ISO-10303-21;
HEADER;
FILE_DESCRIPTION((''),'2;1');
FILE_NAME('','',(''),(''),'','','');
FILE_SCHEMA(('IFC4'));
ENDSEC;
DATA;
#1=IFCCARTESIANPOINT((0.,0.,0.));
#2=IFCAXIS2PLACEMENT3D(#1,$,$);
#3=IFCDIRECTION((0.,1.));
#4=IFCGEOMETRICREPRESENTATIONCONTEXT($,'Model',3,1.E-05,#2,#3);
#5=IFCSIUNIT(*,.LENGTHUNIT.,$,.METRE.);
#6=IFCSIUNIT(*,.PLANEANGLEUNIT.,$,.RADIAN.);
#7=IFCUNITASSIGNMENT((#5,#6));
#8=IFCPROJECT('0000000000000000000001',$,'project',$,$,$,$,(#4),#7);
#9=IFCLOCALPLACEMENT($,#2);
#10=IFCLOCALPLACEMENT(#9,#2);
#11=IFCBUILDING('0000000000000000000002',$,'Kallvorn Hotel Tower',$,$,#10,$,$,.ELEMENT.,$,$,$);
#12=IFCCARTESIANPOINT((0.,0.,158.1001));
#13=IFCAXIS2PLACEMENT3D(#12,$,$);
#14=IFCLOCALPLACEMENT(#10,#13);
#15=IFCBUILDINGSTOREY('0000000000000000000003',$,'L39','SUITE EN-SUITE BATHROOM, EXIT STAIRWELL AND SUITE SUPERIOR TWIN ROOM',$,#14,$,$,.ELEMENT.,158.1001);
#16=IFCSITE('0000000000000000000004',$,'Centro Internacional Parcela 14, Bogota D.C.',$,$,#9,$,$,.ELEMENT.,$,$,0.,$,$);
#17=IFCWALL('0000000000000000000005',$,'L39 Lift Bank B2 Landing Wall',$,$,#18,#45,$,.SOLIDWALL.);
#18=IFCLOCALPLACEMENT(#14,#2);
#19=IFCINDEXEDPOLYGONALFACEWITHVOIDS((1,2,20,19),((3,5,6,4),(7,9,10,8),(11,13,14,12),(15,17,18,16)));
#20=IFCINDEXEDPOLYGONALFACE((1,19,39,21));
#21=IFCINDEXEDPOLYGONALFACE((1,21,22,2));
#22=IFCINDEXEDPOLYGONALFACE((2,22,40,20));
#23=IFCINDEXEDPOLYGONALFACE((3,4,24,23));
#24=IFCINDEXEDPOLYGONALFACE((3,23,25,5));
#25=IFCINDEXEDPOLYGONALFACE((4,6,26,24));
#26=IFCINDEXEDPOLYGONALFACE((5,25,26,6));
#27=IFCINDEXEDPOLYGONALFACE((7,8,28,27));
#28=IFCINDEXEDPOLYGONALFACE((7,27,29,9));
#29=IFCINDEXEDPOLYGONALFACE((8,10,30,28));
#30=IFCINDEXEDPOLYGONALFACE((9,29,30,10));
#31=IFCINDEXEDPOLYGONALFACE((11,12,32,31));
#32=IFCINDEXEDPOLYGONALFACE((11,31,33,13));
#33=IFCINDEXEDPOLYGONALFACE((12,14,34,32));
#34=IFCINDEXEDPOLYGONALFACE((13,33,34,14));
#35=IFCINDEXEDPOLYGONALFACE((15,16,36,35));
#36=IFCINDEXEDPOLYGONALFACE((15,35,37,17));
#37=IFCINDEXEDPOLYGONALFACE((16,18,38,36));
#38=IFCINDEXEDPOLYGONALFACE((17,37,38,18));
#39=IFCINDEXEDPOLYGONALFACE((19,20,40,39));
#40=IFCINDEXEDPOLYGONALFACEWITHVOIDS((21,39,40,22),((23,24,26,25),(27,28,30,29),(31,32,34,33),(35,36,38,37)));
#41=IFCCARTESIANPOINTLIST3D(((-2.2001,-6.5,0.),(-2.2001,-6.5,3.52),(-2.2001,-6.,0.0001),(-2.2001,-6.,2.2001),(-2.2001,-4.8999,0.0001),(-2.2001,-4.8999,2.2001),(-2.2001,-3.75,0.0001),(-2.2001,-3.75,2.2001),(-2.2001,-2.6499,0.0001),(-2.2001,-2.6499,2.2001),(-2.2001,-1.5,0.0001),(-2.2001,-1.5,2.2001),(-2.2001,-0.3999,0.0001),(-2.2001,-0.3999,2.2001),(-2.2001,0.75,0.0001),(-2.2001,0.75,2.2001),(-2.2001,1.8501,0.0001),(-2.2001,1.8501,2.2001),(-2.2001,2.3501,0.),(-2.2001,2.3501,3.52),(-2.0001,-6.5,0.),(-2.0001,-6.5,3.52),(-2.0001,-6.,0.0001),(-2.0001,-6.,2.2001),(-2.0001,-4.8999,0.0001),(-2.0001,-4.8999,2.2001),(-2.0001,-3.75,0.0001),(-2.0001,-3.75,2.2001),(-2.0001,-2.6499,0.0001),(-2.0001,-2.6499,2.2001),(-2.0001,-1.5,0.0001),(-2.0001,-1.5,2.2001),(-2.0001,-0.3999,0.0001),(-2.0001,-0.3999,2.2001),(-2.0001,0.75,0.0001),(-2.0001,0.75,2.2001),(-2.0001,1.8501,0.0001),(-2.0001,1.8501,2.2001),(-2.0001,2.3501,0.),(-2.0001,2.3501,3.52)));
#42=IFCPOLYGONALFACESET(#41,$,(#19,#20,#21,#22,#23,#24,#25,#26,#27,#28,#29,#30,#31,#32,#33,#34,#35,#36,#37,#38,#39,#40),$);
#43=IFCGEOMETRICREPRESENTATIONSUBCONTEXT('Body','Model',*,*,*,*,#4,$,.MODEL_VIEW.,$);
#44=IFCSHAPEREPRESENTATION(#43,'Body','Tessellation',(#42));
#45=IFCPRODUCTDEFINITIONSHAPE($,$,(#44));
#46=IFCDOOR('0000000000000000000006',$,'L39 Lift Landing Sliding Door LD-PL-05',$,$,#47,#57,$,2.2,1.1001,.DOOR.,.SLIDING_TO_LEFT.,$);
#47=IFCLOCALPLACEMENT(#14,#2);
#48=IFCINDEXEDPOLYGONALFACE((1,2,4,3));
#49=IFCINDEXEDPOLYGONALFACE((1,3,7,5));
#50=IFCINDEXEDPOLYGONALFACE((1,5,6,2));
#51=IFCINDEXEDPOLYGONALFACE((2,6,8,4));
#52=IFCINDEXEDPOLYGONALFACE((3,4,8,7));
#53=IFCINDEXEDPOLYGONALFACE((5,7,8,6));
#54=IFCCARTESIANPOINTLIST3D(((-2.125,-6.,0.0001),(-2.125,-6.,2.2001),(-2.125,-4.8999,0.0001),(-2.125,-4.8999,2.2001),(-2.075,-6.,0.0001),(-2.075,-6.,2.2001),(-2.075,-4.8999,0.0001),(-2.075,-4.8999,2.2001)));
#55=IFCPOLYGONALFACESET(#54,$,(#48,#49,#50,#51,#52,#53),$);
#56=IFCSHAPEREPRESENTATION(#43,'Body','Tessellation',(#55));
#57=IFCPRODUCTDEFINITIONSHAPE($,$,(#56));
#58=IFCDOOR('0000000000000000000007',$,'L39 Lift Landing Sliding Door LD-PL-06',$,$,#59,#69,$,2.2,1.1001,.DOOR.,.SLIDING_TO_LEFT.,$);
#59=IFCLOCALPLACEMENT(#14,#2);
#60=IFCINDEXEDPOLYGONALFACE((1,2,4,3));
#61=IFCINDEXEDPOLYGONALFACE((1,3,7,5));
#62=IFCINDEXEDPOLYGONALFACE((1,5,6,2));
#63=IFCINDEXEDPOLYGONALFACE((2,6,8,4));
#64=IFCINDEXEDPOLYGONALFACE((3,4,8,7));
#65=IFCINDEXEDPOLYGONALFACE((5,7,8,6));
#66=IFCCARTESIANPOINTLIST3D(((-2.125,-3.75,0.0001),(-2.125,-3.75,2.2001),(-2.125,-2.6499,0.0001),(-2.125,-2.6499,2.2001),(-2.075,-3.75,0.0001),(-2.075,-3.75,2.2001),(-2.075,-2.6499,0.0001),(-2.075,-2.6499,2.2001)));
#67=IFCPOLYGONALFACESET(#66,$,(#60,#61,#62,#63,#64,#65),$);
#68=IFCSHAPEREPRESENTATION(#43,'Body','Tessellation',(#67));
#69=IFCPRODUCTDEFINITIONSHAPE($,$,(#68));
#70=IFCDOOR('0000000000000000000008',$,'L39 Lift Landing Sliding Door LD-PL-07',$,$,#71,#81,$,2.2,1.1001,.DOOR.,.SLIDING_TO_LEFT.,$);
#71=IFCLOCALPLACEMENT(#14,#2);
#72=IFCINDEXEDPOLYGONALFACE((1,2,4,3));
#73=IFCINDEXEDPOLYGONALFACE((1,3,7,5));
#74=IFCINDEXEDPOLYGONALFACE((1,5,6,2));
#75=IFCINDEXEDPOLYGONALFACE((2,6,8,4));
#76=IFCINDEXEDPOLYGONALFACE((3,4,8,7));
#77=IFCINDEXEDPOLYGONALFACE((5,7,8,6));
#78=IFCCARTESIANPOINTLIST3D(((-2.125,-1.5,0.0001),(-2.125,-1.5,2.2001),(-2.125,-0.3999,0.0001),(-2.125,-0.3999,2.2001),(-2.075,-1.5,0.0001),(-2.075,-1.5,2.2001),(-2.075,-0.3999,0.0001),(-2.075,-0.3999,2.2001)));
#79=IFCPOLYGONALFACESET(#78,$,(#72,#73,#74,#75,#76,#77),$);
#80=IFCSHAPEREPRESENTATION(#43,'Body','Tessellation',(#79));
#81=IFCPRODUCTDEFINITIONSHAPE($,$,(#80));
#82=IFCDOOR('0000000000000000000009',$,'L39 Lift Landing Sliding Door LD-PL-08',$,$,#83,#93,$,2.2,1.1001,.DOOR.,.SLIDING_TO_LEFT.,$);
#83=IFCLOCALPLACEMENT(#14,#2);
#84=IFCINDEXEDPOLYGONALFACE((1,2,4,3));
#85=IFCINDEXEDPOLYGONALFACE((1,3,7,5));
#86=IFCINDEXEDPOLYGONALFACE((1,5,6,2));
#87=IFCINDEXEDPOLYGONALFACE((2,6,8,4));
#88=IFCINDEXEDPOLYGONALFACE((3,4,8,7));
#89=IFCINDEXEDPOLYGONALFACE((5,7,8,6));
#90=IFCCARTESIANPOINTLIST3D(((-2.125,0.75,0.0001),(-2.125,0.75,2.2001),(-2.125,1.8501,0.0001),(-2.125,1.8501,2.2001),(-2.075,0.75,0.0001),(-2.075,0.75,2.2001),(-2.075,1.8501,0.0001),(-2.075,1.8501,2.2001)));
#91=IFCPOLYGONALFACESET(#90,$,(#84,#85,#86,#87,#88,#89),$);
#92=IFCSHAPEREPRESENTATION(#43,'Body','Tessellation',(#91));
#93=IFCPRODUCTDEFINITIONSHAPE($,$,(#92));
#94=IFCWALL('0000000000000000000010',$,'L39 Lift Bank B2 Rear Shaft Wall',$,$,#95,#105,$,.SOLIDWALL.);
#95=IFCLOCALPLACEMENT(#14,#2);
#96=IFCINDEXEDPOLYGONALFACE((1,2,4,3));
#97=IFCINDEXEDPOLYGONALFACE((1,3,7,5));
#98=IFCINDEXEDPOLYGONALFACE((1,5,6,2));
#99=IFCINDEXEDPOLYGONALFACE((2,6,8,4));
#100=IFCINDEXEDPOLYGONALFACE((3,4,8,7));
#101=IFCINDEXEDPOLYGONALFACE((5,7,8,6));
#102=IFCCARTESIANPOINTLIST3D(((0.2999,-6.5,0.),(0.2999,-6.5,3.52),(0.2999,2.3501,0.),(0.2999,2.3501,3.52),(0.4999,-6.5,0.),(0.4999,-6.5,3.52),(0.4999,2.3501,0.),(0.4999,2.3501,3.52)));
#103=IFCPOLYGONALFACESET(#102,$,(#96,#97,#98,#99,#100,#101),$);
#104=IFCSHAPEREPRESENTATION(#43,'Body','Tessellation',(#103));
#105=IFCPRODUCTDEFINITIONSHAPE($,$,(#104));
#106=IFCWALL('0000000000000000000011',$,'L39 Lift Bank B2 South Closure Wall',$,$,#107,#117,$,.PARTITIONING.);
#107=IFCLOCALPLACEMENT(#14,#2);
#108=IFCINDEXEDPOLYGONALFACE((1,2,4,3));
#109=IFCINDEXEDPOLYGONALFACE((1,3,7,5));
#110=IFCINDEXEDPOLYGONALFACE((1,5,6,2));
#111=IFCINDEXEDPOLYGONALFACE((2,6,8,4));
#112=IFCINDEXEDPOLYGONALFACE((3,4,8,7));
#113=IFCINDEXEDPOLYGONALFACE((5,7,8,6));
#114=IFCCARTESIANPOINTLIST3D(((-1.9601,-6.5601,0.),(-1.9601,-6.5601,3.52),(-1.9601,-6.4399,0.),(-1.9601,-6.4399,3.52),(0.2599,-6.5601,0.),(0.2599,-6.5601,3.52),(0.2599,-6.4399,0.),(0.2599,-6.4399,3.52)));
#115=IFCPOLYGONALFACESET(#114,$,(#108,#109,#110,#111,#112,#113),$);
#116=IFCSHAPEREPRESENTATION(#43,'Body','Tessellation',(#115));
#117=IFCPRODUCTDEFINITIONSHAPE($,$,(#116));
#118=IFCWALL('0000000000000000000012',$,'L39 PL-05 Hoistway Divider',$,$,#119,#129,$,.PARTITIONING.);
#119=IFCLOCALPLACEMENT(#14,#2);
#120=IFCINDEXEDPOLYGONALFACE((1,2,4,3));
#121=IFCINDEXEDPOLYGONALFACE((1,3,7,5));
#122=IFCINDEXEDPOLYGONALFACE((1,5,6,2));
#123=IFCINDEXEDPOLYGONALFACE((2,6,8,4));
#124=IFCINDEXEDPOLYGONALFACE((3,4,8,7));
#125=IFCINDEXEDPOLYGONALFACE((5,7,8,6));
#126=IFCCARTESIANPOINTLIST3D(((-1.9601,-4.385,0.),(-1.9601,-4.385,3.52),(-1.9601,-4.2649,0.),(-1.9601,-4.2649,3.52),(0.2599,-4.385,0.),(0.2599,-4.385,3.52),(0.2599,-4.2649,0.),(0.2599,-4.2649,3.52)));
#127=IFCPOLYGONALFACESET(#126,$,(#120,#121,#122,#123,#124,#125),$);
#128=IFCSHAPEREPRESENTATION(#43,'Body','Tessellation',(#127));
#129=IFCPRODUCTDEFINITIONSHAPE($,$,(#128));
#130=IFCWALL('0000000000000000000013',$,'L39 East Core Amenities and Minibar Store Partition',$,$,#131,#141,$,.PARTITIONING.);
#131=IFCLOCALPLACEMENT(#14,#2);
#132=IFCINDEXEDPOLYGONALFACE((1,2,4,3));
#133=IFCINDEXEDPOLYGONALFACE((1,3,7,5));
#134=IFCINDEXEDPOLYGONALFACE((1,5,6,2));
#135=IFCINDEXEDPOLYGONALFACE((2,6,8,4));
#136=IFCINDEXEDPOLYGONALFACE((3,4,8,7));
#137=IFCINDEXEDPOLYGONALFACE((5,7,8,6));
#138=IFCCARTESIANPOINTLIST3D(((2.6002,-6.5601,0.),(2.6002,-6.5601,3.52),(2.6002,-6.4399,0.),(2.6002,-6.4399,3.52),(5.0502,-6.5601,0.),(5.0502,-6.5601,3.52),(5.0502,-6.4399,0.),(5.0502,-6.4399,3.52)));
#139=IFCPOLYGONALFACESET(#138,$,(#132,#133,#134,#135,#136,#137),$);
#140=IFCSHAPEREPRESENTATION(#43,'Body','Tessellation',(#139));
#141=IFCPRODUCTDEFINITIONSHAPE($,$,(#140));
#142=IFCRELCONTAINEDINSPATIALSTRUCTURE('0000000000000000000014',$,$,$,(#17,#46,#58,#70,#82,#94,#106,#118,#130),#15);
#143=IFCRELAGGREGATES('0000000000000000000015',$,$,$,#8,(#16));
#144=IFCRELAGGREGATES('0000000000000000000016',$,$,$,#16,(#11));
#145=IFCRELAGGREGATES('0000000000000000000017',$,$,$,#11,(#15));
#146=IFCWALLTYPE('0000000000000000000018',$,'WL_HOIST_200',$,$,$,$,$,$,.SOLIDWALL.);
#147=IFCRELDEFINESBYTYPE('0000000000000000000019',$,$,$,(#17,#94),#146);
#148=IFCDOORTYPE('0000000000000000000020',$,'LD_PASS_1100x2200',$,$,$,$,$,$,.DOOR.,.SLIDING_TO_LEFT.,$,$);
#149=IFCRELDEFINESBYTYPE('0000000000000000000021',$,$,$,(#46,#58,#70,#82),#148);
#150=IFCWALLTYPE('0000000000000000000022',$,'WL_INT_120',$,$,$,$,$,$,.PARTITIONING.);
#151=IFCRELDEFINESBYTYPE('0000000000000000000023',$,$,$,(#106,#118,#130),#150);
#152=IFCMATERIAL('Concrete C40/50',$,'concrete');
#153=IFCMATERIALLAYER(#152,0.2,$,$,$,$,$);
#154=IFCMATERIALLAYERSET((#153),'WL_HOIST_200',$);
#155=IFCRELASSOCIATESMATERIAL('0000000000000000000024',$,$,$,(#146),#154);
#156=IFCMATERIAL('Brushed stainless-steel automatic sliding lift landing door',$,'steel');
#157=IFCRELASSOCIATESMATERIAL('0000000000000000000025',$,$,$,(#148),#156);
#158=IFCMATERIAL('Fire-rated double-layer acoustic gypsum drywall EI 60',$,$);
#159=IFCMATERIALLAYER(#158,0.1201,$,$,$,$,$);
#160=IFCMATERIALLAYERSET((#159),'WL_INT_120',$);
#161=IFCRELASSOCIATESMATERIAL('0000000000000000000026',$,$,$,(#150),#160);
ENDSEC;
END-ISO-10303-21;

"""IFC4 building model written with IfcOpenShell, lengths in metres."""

from ifc_helpers import new_model, si_unit, direction, frame, frame_2d, origin, place, context, subcontext, project, spatial, rectangle, extrude, material, layer, layer_set, type_object, element, fill, save


model = new_model("IFC4")

# Units and contexts
model_context = context("Model", 3, precision=1e-05, world=origin(), true_north=direction((0.0, 1.0)))
body_context = subcontext(model_context, "Body", "Model", "MODEL_VIEW")
ifc_project = project(units=[si_unit("LENGTHUNIT", "METRE"), si_unit("PLANEANGLEUNIT", "RADIAN")], contexts=[model_context])

# Site, building, storey
site_placement = place(None, origin())
site = spatial("IfcSite", under=ifc_project, at=site_placement, Name="Centro Internacional Parcela 14, Bogota D.C.", CompositionType="ELEMENT", RefElevation=0.0)
building_placement = place(site_placement, origin())
building = spatial("IfcBuilding", under=site, at=building_placement, Name="Kallvorn Hotel Tower", CompositionType="ELEMENT")
storey_placement = place(building_placement, frame((0.0, 0.0, 158.1001)))
storey = spatial("IfcBuildingStorey", under=building, at=storey_placement, Name="L39", Description="SUITE EN-SUITE BATHROOM, EXIT STAIRWELL AND SUITE SUPERIOR TWIN ROOM", CompositionType="ELEMENT", Elevation=158.1001)

# Wall, openings, doors
ifc_material_1 = material(Name="Concrete C40/50", Category="concrete")
ifc_layer_1 = layer(ifc_material_1, 0.2)
ifc_layer_set_1 = layer_set([ifc_layer_1], Name="WL_HOIST_200")
wall_type_1 = type_object("IfcWallType", Name="WL_HOIST_200", PredefinedType="SOLIDWALL", material=ifc_layer_set_1)
wall_1_placement = place(storey_placement, frame((-2.1001, -6.5, 0.0), z_axis=(0.0, 0.0, 1.0), x_axis=(0.0, 1.0, 0.0)))
wall_1 = element("IfcWall", 1, at=wall_1_placement, inside=storey, type_object=wall_type_1, Name="L39 Lift Bank B2 Landing Wall", PredefinedType="SOLIDWALL", context=body_context, shape_type="SweptSolid", body=[
    extrude(rectangle(XDim=8.8501, YDim=0.2, at=frame_2d((4.425, 0.0))), origin(), (0.0, 0.0, 1.0), 3.52),
])
opening_1_placement = place(wall_1_placement, frame((0.5, 0.0, 0.0)))
opening_1 = element("IfcOpeningElement", 2, at=opening_1_placement, cuts=wall_1, PredefinedType="OPENING", context=body_context, shape_type="SweptSolid", body=[
    extrude(rectangle(XDim=1.1001, YDim=2.2, at=frame_2d((0.55, 1.1001))), frame((0.0, 0.115, 0.0), z_axis=(0.0, -1.0, 0.0), x_axis=(1.0, 0.0, 0.0)), (0.0, 0.0, 1.0), 0.23),
])
opening_2_placement = place(wall_1_placement, frame((2.75, 0.0, 0.0)))
opening_2 = element("IfcOpeningElement", 3, at=opening_2_placement, cuts=wall_1, PredefinedType="OPENING", context=body_context, shape_type="SweptSolid", body=[
    extrude(rectangle(XDim=1.1001, YDim=2.2, at=frame_2d((0.55, 1.1001))), frame((0.0, 0.115, 0.0), z_axis=(0.0, -1.0, 0.0), x_axis=(1.0, 0.0, 0.0)), (0.0, 0.0, 1.0), 0.23),
])
opening_3_placement = place(wall_1_placement, frame((5.0, 0.0, 0.0)))
opening_3 = element("IfcOpeningElement", 4, at=opening_3_placement, cuts=wall_1, PredefinedType="OPENING", context=body_context, shape_type="SweptSolid", body=[
    extrude(rectangle(XDim=1.1001, YDim=2.2, at=frame_2d((0.55, 1.1001))), frame((0.0, 0.115, 0.0), z_axis=(0.0, -1.0, 0.0), x_axis=(1.0, 0.0, 0.0)), (0.0, 0.0, 1.0), 0.23),
])
opening_4_placement = place(wall_1_placement, frame((7.25, 0.0, 0.0)))
opening_4 = element("IfcOpeningElement", 5, at=opening_4_placement, cuts=wall_1, PredefinedType="OPENING", context=body_context, shape_type="SweptSolid", body=[
    extrude(rectangle(XDim=1.1001, YDim=2.2, at=frame_2d((0.55, 1.1001))), frame((0.0, 0.115, 0.0), z_axis=(0.0, -1.0, 0.0), x_axis=(1.0, 0.0, 0.0)), (0.0, 0.0, 1.0), 0.23),
])
ifc_material_2 = material(Name="Brushed stainless-steel automatic sliding lift landing door", Category="steel")
door_type_1 = type_object("IfcDoorType", Name="LD_PASS_1100x2200", OperationType="SLIDING_TO_LEFT", PredefinedType="DOOR", material=ifc_material_2)
door_1_placement = place(opening_1_placement, origin())
door_1 = element("IfcDoor", 6, at=door_1_placement, inside=storey, type_object=door_type_1, Name="L39 Lift Landing Sliding Door LD-PL-05", OperationType="SLIDING_TO_LEFT", OverallHeight=2.2, OverallWidth=1.1001, PredefinedType="DOOR", context=body_context, shape_type="SweptSolid", body=[
    extrude(rectangle(XDim=1.1001, YDim=2.2, at=frame_2d((0.55, 1.1001))), frame((0.0, 0.0249, 0.0), z_axis=(0.0, -1.0, 0.0), x_axis=(1.0, 0.0, 0.0)), (0.0, 0.0, 1.0), 0.05),
])
fill(opening_1, door_1)
door_2_placement = place(opening_2_placement, origin())
door_2 = element("IfcDoor", 7, at=door_2_placement, inside=storey, type_object=door_type_1, Name="L39 Lift Landing Sliding Door LD-PL-06", OperationType="SLIDING_TO_LEFT", OverallHeight=2.2, OverallWidth=1.1001, PredefinedType="DOOR", context=body_context, shape_type="SweptSolid", body=[
    extrude(rectangle(XDim=1.1001, YDim=2.2, at=frame_2d((0.55, 1.1001))), frame((0.0, 0.0249, 0.0), z_axis=(0.0, -1.0, 0.0), x_axis=(1.0, 0.0, 0.0)), (0.0, 0.0, 1.0), 0.05),
])
fill(opening_2, door_2)
door_3_placement = place(opening_3_placement, origin())
door_3 = element("IfcDoor", 8, at=door_3_placement, inside=storey, type_object=door_type_1, Name="L39 Lift Landing Sliding Door LD-PL-07", OperationType="SLIDING_TO_LEFT", OverallHeight=2.2, OverallWidth=1.1001, PredefinedType="DOOR", context=body_context, shape_type="SweptSolid", body=[
    extrude(rectangle(XDim=1.1001, YDim=2.2, at=frame_2d((0.55, 1.1001))), frame((0.0, 0.0249, 0.0), z_axis=(0.0, -1.0, 0.0), x_axis=(1.0, 0.0, 0.0)), (0.0, 0.0, 1.0), 0.05),
])
fill(opening_3, door_3)
door_4_placement = place(opening_4_placement, origin())
door_4 = element("IfcDoor", 9, at=door_4_placement, inside=storey, type_object=door_type_1, Name="L39 Lift Landing Sliding Door LD-PL-08", OperationType="SLIDING_TO_LEFT", OverallHeight=2.2, OverallWidth=1.1001, PredefinedType="DOOR", context=body_context, shape_type="SweptSolid", body=[
    extrude(rectangle(XDim=1.1001, YDim=2.2, at=frame_2d((0.55, 1.1001))), frame((0.0, 0.0249, 0.0), z_axis=(0.0, -1.0, 0.0), x_axis=(1.0, 0.0, 0.0)), (0.0, 0.0, 1.0), 0.05),
])
fill(opening_4, door_4)

# Walls
wall_2_placement = place(storey_placement, frame((0.3999, -6.5, 0.0), z_axis=(0.0, 0.0, 1.0), x_axis=(0.0, 1.0, 0.0)))
element("IfcWall", 10, at=wall_2_placement, inside=storey, type_object=wall_type_1, Name="L39 Lift Bank B2 Rear Shaft Wall", PredefinedType="SOLIDWALL", context=body_context, shape_type="SweptSolid", body=[
    extrude(rectangle(XDim=8.8501, YDim=0.2, at=frame_2d((4.425, 0.0))), origin(), (0.0, 0.0, 1.0), 3.52),
])
ifc_material_3 = material(Name="Fire-rated double-layer acoustic gypsum drywall EI 60")
ifc_layer_2 = layer(ifc_material_3, 0.1201)
ifc_layer_set_2 = layer_set([ifc_layer_2], Name="WL_INT_120")
wall_type_2 = type_object("IfcWallType", Name="WL_INT_120", PredefinedType="PARTITIONING", material=ifc_layer_set_2)
for number, where, z_axis, x_axis, name in (
    (11, (-1.96, -6.5, 0.0), (0.0, 0.0, 1.0), (1.0, 0.0, 0.0), "L39 Lift Bank B2 South Closure Wall"),
    (12, (-1.96, -4.325, 0.0), (0.0, 0.0, 1.0), (1.0, 0.0, 0.0), "L39 PL-05 Hoistway Divider"),
):
    element("IfcWall", number, at=place(storey_placement, frame(where, z_axis=z_axis, x_axis=x_axis)), inside=storey, type_object=wall_type_2, Name=name, PredefinedType="PARTITIONING", context=body_context, shape_type="SweptSolid", body=[
        extrude(rectangle(XDim=2.22, YDim=0.1201, at=frame_2d((1.1099, 0.0))), origin(), (0.0, 0.0, 1.0), 3.52),
    ])
wall_3_placement = place(storey_placement, frame((2.6001, -6.5, 0.0), z_axis=(0.0, 0.0, 1.0), x_axis=(1.0, 0.0, 0.0)))
element("IfcWall", 13, at=wall_3_placement, inside=storey, type_object=wall_type_2, Name="L39 East Core Amenities and Minibar Store Partition", PredefinedType="PARTITIONING", context=body_context, shape_type="SweptSolid", body=[
    extrude(rectangle(XDim=2.45, YDim=0.1201, at=frame_2d((1.2251, 0.0))), origin(), (0.0, 0.0, 1.0), 3.52),
])

save(model, "model.ifc")
